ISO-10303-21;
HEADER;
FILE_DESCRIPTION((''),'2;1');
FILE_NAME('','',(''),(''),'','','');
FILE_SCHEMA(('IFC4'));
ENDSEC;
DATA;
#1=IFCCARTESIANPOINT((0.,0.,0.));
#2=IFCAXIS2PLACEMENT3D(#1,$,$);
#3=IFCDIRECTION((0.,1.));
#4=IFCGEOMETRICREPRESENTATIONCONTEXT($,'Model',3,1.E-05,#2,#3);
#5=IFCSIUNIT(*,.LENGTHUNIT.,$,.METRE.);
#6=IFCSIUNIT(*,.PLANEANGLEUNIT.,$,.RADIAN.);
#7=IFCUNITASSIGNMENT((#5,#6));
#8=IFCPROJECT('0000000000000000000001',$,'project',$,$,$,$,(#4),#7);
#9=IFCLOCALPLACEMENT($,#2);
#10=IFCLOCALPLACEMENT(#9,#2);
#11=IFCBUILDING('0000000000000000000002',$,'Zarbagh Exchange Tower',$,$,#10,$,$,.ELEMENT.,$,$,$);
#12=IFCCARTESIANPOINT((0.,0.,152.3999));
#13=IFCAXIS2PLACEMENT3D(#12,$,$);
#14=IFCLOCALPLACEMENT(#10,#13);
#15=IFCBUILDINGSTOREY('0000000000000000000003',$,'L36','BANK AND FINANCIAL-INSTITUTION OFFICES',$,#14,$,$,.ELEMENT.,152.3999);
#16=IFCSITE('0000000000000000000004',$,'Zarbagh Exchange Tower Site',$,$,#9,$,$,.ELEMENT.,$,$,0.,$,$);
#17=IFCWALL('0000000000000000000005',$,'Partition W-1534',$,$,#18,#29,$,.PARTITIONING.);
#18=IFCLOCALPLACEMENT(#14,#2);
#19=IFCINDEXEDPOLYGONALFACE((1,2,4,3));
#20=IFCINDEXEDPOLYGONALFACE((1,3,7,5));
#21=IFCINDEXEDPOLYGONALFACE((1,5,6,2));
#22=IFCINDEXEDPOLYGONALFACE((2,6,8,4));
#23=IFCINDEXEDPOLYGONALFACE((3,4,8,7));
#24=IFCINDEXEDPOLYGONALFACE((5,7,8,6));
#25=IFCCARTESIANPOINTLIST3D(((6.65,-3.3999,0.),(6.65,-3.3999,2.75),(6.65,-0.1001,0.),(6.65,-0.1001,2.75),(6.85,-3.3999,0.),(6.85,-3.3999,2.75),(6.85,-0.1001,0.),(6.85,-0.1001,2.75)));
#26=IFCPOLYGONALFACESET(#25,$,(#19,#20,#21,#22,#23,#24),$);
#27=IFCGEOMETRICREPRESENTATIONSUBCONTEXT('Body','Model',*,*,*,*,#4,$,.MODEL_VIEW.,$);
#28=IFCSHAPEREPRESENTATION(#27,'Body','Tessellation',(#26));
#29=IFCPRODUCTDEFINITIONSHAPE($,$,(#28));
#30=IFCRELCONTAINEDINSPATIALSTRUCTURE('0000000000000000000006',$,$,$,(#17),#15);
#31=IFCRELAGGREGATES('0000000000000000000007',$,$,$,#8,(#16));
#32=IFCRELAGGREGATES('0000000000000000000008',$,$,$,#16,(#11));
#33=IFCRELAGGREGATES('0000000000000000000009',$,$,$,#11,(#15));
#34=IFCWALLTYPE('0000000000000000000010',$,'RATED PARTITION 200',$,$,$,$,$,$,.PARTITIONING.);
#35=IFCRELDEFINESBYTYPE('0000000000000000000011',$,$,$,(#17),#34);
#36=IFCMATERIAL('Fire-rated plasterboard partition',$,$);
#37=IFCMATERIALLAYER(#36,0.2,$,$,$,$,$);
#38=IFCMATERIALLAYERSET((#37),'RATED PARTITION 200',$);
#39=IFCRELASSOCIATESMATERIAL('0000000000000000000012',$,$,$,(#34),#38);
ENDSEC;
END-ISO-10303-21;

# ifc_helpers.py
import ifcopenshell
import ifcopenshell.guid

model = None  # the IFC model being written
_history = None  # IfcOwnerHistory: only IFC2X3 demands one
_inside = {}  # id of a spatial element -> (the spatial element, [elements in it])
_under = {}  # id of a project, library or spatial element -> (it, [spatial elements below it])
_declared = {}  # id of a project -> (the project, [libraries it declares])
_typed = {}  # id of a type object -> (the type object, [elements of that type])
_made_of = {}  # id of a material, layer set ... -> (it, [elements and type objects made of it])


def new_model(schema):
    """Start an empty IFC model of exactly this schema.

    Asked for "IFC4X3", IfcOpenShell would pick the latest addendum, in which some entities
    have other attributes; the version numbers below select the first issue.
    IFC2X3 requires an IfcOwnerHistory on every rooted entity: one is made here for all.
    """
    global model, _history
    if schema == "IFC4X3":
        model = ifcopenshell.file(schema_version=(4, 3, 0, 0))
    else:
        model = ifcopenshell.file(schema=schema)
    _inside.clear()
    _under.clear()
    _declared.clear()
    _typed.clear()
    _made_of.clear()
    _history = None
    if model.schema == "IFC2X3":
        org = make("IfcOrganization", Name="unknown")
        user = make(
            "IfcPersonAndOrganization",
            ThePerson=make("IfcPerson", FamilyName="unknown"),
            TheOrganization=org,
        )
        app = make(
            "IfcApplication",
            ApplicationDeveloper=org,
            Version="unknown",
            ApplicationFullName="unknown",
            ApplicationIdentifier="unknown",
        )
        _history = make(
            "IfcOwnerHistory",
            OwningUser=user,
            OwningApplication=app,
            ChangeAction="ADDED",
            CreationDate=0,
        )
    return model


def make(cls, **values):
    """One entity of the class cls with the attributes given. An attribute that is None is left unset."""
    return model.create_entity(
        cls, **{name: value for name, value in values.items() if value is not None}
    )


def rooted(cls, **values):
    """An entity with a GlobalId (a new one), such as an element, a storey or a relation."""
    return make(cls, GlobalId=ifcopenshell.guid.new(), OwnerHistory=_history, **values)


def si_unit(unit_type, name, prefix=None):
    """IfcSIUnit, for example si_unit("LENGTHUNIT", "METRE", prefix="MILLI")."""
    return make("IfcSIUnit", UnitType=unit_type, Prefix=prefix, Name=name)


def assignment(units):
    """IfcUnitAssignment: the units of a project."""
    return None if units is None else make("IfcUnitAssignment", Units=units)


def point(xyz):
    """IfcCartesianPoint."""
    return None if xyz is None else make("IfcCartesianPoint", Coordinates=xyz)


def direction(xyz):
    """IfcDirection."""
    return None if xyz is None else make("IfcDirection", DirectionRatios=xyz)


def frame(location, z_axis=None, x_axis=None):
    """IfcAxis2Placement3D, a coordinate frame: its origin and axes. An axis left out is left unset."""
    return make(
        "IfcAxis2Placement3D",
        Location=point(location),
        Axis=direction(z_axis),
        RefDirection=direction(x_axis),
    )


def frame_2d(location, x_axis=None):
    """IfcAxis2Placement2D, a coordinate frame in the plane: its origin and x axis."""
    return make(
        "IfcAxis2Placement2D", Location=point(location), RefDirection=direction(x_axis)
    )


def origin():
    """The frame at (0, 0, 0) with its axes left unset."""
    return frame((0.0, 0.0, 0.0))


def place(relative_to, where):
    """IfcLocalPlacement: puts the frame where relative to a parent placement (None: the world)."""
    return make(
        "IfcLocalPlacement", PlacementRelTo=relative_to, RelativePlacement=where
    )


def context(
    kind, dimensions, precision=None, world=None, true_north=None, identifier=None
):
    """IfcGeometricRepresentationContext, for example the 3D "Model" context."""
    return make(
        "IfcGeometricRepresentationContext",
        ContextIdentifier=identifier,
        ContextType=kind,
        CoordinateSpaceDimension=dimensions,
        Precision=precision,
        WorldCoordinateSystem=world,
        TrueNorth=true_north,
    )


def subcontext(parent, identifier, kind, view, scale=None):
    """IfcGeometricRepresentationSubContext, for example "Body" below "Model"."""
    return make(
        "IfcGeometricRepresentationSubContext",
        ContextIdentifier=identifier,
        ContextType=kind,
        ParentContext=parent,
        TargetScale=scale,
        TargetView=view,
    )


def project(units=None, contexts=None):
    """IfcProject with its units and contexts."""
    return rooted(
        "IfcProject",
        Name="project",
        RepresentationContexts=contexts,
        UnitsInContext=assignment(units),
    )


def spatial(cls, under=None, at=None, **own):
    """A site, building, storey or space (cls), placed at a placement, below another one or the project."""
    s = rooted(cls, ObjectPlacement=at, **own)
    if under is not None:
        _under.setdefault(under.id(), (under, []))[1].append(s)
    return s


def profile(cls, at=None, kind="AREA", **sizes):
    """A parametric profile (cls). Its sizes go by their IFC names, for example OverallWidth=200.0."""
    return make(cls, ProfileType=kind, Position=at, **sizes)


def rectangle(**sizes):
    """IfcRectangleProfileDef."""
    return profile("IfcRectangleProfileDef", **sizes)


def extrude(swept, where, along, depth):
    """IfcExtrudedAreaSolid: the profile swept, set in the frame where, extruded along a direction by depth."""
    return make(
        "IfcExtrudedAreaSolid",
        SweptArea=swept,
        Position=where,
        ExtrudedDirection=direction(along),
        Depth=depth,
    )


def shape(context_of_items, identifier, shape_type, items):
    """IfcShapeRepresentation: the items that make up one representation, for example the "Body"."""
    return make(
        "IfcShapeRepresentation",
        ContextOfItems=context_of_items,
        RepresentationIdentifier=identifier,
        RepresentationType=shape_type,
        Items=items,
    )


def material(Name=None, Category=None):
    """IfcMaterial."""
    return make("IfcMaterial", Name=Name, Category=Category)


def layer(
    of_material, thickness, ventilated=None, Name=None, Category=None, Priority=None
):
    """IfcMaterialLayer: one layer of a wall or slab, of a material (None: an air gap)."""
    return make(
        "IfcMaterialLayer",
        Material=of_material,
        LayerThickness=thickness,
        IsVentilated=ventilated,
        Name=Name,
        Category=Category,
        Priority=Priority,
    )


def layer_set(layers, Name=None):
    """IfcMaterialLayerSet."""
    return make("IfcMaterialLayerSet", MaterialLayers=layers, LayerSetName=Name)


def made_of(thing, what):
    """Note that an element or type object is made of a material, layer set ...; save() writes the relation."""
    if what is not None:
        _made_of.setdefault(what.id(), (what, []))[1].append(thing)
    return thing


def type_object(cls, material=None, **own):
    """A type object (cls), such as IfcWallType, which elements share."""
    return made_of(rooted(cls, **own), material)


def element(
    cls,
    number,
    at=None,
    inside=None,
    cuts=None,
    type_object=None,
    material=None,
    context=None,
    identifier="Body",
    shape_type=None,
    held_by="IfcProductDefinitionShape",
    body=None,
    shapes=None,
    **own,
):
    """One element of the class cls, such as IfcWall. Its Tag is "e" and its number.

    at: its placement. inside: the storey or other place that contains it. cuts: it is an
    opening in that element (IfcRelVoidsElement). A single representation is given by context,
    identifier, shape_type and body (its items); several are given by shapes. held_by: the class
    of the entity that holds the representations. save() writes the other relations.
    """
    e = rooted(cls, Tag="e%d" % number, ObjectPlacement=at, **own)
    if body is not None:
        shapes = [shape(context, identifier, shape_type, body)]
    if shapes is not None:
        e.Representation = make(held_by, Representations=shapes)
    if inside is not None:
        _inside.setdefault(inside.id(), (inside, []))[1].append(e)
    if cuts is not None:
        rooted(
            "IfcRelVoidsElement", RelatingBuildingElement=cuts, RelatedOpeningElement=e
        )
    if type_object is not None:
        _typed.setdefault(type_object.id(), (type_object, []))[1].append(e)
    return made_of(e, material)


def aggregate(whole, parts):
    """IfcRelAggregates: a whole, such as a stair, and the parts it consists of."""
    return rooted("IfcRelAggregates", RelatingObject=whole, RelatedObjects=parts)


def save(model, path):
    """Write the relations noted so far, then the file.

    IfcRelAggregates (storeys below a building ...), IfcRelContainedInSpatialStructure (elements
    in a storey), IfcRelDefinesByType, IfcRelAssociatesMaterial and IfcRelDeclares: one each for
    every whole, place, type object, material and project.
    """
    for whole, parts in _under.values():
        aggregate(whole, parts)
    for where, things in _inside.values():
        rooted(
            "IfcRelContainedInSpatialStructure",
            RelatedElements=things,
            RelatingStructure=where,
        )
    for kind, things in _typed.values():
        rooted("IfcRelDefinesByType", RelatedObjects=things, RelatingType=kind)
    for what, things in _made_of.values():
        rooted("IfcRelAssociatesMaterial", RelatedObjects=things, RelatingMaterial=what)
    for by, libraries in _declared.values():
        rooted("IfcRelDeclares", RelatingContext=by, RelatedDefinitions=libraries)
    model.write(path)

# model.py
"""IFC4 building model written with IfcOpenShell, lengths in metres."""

from ifc_helpers import new_model, si_unit, direction, frame, frame_2d, origin, place, context, subcontext, project, spatial, rectangle, extrude, material, layer, layer_set, type_object, element, save


model = new_model("IFC4")

# Units and contexts
model_context = context("Model", 3, precision=1e-05, world=origin(), true_north=direction((0.0, 1.0)))
body_context = subcontext(model_context, "Body", "Model", "MODEL_VIEW")
ifc_project = project(units=[si_unit("LENGTHUNIT", "METRE"), si_unit("PLANEANGLEUNIT", "RADIAN")], contexts=[model_context])

# Site, building, storey
site_placement = place(None, origin())
site = spatial("IfcSite", under=ifc_project, at=site_placement, Name="Zarbagh Exchange Tower Site", CompositionType="ELEMENT", RefElevation=0.0)
building_placement = place(site_placement, origin())
building = spatial("IfcBuilding", under=site, at=building_placement, Name="Zarbagh Exchange Tower", CompositionType="ELEMENT")
storey_placement = place(building_placement, frame((0.0, 0.0, 152.3999)))
storey = spatial("IfcBuildingStorey", under=building, at=storey_placement, Name="L36", Description="BANK AND FINANCIAL-INSTITUTION OFFICES", CompositionType="ELEMENT", Elevation=152.3999)

# Shared definitions
ifc_material_1 = material(Name="Fire-rated plasterboard partition")
ifc_layer_1 = layer(ifc_material_1, 0.2)
ifc_layer_set_1 = layer_set([ifc_layer_1], Name="RATED PARTITION 200")
wall_type = type_object("IfcWallType", Name="RATED PARTITION 200", PredefinedType="PARTITIONING", material=ifc_layer_set_1)

# Wall
wall_1_placement = place(storey_placement, frame((6.75, -3.3999, 0.0), z_axis=(0.0, 0.0, 1.0), x_axis=(0.0, 1.0, 0.0)))
element("IfcWall", 1, at=wall_1_placement, inside=storey, type_object=wall_type, Name="Partition W-1534", PredefinedType="PARTITIONING", context=body_context, shape_type="SweptSolid", body=[
    extrude(rectangle(XDim=3.2998, YDim=0.2, at=frame_2d((1.6499, 0.0))), origin(), (0.0, 0.0, 1.0), 2.75),
])

save(model, "model.ifc")
